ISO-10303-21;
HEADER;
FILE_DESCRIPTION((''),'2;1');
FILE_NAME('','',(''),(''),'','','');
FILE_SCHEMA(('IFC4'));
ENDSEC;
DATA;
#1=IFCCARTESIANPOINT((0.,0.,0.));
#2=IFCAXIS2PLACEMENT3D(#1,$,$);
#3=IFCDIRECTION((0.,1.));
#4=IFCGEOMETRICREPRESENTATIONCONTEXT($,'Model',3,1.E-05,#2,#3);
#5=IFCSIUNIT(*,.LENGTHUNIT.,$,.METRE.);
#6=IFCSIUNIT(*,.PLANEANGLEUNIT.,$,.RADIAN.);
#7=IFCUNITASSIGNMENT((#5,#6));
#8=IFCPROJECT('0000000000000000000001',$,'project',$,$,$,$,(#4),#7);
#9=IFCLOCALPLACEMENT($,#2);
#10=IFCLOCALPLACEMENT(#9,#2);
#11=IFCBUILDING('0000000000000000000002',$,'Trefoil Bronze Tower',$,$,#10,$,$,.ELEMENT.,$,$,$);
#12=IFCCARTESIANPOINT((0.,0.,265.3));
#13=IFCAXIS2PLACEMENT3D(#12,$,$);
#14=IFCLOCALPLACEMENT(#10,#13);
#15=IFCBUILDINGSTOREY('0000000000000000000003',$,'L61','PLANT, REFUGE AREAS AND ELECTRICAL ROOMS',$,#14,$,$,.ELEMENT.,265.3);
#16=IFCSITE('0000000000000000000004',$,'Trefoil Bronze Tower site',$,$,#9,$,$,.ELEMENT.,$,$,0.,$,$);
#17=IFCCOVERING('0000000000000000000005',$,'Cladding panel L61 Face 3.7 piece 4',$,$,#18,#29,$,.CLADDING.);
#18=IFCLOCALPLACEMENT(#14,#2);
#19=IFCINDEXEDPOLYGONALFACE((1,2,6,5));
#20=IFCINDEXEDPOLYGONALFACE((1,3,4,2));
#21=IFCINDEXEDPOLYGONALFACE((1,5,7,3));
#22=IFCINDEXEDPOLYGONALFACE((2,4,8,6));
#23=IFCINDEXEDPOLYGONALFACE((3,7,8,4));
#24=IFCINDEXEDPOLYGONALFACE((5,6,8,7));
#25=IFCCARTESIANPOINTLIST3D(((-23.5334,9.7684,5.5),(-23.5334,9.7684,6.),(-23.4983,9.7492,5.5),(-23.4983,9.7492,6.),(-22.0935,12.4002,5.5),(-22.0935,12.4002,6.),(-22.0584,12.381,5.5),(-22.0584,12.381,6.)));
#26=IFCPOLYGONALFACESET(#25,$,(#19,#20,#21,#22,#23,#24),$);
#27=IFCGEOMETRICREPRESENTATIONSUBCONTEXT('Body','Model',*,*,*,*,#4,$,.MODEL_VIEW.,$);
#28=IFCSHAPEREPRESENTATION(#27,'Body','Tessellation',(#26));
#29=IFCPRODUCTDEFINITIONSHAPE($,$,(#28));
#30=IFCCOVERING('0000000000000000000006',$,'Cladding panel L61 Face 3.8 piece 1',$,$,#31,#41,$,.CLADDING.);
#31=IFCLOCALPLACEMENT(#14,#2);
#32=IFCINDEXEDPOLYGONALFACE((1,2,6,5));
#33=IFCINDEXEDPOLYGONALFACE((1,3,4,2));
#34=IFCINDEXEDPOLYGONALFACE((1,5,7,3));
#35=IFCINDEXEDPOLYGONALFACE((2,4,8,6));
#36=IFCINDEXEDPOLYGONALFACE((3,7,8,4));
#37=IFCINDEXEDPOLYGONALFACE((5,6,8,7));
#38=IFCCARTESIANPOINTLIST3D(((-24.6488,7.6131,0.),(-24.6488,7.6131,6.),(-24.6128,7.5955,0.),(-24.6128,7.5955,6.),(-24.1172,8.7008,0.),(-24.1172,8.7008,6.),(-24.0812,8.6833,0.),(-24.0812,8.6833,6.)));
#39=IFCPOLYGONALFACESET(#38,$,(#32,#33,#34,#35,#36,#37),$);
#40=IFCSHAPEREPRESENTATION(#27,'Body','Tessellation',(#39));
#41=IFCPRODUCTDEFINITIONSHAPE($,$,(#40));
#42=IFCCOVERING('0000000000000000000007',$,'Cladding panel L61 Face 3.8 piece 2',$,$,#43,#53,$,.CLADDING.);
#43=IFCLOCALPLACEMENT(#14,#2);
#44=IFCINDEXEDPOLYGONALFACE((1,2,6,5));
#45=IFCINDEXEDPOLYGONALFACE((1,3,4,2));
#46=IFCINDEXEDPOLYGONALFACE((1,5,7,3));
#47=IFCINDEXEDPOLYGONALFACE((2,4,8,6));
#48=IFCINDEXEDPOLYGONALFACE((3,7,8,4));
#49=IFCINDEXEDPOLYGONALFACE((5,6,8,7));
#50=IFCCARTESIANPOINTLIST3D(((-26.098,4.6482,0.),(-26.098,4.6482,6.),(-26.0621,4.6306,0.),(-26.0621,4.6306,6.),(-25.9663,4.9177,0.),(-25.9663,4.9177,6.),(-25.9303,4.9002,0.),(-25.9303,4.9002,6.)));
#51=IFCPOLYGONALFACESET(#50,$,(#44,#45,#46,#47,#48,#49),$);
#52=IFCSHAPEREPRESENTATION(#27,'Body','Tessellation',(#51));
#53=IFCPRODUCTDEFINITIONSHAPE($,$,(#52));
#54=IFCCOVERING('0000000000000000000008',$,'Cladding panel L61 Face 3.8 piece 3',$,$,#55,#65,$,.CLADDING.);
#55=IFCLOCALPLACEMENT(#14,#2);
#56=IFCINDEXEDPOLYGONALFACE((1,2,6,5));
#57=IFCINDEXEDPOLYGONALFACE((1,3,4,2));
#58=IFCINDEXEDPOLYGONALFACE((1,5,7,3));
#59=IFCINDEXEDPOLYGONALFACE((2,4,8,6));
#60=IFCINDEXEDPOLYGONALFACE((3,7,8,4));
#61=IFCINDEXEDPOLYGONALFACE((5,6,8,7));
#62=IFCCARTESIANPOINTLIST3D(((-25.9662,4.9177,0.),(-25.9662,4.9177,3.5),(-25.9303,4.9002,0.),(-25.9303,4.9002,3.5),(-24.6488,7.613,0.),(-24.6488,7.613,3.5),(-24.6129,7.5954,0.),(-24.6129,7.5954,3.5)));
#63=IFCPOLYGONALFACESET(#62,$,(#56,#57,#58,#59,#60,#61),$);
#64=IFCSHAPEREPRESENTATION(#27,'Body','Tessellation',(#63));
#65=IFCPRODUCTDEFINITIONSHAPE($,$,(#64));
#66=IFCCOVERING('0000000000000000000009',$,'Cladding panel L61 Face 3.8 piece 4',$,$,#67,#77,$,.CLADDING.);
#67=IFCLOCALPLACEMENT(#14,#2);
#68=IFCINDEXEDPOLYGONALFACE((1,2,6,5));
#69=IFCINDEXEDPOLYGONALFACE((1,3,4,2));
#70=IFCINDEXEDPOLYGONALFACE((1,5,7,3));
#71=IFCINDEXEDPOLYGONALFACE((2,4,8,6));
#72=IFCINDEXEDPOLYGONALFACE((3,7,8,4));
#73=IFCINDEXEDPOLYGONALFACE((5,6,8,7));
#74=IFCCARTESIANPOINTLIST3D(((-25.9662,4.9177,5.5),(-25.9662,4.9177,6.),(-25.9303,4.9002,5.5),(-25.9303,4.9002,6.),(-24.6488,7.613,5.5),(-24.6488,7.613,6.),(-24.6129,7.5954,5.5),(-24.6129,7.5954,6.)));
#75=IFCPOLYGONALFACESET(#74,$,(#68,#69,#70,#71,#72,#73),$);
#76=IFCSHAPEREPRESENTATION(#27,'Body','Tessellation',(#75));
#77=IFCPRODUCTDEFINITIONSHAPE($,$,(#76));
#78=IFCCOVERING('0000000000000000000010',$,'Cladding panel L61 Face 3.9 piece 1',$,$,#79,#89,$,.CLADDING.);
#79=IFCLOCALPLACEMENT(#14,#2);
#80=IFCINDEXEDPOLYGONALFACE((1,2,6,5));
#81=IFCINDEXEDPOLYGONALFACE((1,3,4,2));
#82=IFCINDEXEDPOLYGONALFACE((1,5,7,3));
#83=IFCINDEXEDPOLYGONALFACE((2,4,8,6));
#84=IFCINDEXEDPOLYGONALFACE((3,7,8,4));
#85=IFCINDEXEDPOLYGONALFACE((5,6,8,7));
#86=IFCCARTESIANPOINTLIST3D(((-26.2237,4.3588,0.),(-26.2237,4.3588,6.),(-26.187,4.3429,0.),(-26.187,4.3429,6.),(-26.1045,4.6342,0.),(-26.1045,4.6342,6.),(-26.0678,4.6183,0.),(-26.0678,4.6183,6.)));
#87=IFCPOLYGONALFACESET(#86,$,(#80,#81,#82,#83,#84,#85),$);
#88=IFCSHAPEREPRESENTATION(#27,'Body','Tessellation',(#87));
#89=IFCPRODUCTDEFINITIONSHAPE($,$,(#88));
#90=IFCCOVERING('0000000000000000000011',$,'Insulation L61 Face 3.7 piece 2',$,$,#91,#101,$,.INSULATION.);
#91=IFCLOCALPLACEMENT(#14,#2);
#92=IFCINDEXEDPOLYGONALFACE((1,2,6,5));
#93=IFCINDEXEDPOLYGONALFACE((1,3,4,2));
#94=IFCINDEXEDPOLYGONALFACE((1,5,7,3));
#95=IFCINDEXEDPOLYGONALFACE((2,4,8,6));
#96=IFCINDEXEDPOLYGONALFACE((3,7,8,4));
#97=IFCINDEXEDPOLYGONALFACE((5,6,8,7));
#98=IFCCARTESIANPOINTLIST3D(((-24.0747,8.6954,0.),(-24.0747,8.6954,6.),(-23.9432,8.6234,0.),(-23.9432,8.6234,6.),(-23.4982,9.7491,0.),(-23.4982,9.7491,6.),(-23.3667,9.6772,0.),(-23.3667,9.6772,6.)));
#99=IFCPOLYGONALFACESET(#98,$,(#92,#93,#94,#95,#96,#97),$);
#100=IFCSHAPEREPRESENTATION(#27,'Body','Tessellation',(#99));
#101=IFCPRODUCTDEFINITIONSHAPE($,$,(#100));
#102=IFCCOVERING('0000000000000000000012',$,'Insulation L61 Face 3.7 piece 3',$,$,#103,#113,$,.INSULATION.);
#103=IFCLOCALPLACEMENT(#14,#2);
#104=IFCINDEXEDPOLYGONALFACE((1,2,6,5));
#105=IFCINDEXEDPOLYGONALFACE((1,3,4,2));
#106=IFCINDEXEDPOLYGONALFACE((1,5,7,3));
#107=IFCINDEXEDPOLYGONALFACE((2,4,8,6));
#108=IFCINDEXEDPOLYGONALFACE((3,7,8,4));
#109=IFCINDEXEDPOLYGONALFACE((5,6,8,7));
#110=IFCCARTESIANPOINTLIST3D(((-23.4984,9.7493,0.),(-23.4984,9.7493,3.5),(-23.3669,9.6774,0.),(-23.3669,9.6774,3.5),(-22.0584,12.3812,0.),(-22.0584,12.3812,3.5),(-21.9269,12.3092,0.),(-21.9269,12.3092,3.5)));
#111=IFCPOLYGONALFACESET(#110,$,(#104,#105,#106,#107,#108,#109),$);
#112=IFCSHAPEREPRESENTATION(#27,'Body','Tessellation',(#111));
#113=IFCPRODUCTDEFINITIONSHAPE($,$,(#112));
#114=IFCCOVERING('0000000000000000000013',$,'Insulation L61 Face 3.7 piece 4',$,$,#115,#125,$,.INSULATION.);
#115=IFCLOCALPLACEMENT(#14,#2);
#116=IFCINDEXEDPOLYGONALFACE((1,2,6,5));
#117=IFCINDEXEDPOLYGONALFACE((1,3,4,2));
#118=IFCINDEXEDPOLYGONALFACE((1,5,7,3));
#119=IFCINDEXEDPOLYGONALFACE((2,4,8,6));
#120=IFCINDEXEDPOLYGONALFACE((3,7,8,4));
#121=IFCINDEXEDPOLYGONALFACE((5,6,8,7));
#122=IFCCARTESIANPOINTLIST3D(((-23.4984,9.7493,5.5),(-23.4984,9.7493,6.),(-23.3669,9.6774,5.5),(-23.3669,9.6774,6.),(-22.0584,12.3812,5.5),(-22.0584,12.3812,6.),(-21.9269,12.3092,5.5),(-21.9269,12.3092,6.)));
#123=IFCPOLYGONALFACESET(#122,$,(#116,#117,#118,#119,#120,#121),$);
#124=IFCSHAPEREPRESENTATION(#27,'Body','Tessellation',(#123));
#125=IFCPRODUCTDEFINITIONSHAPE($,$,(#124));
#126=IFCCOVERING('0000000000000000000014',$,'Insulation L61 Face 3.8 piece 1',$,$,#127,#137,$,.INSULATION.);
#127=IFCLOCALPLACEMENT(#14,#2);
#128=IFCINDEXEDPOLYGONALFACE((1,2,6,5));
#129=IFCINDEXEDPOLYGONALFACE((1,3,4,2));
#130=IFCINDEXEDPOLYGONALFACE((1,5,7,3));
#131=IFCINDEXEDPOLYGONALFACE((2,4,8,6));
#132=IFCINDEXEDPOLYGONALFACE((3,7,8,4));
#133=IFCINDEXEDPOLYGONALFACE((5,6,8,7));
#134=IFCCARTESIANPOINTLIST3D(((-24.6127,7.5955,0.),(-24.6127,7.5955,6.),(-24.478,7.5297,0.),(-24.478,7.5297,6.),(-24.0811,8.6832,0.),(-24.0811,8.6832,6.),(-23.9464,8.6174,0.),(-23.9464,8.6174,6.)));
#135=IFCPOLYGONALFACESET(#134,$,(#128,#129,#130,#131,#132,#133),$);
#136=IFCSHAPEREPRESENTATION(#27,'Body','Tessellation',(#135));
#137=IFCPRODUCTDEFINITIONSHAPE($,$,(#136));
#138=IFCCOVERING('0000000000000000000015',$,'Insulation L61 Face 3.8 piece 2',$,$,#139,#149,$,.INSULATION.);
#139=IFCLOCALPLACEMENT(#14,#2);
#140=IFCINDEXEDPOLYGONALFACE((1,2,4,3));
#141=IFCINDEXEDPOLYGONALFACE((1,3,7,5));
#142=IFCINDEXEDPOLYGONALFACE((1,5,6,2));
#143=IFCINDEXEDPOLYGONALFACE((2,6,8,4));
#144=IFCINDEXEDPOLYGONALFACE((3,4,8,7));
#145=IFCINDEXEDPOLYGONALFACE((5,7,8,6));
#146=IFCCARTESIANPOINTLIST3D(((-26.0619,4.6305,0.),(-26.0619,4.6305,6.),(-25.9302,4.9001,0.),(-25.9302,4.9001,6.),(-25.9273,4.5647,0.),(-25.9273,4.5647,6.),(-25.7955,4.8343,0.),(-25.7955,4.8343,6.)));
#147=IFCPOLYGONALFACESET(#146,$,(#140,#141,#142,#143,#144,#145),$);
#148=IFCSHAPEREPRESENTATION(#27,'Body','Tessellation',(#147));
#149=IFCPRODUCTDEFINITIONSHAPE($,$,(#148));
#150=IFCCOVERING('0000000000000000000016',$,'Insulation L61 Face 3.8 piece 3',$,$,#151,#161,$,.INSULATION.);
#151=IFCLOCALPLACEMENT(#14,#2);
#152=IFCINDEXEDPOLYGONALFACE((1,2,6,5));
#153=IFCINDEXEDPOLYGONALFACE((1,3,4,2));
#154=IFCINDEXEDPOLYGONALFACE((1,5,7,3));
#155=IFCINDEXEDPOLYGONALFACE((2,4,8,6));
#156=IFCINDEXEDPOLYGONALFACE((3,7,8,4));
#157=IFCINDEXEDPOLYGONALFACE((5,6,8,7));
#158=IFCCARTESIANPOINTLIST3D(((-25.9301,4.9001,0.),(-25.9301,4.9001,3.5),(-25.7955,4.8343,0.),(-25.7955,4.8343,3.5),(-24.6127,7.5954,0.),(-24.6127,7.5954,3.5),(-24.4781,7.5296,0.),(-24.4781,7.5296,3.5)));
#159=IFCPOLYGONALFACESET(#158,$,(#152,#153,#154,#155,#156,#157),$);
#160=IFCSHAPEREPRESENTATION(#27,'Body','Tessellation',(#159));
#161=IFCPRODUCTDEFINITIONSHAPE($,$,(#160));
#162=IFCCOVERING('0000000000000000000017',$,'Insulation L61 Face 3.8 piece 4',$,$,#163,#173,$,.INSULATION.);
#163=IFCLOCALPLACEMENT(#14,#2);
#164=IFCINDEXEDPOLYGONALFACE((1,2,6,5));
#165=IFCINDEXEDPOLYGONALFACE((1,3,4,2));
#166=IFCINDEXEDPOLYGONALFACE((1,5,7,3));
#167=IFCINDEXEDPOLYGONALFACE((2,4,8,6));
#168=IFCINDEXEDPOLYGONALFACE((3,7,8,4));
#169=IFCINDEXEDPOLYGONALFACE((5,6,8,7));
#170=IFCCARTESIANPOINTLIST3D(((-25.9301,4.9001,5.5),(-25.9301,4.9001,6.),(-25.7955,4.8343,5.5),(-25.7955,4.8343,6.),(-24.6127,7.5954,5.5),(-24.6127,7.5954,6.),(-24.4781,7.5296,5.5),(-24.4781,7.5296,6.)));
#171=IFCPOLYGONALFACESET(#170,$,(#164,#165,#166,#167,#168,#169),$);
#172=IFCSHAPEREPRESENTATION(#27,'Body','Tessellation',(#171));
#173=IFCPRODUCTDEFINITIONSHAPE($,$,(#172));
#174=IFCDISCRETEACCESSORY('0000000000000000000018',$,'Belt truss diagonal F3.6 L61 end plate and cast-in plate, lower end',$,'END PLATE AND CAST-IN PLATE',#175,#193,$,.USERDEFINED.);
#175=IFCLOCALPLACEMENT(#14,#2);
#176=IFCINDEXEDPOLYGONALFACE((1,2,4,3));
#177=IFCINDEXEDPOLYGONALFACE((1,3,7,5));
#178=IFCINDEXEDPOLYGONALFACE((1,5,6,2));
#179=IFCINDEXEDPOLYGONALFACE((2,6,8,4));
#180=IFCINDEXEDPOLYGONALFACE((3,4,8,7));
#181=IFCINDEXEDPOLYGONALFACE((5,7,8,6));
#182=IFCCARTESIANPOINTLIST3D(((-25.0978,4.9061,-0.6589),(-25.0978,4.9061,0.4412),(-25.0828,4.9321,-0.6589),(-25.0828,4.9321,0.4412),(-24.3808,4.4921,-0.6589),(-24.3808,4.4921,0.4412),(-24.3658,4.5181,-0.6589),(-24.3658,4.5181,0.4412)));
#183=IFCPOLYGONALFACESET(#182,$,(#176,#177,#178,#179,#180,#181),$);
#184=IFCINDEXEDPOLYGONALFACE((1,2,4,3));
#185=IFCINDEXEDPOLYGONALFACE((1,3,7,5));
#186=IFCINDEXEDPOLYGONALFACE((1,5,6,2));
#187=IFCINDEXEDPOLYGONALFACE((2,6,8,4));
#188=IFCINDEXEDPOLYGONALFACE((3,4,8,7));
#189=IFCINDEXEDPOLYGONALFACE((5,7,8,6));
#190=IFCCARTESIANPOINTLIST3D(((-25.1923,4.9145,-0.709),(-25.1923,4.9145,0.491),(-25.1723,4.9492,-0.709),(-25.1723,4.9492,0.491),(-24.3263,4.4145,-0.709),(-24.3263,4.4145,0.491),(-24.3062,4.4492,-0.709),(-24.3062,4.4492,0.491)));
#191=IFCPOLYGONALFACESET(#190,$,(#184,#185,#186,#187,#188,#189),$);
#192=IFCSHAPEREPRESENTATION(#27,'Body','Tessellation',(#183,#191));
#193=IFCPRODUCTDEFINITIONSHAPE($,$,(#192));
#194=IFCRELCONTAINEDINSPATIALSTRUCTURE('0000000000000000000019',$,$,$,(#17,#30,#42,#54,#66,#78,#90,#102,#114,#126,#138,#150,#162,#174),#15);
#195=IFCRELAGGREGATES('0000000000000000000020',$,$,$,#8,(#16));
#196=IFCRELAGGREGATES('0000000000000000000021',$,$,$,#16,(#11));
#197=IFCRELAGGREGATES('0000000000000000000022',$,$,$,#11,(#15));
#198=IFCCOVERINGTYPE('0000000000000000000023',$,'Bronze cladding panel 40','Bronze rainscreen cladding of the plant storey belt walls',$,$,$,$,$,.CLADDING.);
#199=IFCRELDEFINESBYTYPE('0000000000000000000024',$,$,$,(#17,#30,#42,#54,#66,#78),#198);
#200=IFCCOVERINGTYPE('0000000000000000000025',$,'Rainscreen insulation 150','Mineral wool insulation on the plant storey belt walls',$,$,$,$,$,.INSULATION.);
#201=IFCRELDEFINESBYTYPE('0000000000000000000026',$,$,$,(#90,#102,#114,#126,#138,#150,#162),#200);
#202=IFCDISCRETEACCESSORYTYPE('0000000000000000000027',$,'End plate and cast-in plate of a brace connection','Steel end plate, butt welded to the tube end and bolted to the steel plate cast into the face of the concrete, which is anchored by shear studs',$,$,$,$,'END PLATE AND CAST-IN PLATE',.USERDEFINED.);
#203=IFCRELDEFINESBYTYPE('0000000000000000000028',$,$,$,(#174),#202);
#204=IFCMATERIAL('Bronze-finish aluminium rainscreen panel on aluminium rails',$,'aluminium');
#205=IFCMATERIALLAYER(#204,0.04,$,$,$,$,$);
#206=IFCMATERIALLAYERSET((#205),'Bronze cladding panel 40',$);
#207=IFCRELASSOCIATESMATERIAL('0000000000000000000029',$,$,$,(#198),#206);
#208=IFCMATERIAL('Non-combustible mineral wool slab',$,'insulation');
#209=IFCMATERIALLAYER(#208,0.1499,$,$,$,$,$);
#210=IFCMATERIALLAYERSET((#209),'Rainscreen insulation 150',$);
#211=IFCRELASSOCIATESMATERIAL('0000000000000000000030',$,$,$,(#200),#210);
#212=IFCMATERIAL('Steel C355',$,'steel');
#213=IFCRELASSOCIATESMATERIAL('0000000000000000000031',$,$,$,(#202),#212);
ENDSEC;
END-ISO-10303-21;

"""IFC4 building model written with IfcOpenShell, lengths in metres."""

from ifc_helpers import new_model, si_unit, direction, frame, origin, origin_2d, place, context, subcontext, project, spatial, rectangle, extrude, material, layer, layer_set, type_object, element, save


model = new_model("IFC4")

# Units and contexts
model_context = context("Model", 3, precision=1e-05, world=origin(), true_north=direction((0.0, 1.0)))
body_context = subcontext(model_context, "Body", "Model", "MODEL_VIEW")
ifc_project = project(units=[si_unit("LENGTHUNIT", "METRE"), si_unit("PLANEANGLEUNIT", "RADIAN")], contexts=[model_context])

# Site, building, storey
site_placement = place(None, origin())
site = spatial("IfcSite", under=ifc_project, at=site_placement, Name="Trefoil Bronze Tower site", CompositionType="ELEMENT", RefElevation=0.0)
building_placement = place(site_placement, origin())
building = spatial("IfcBuilding", under=site, at=building_placement, Name="Trefoil Bronze Tower", CompositionType="ELEMENT")
storey_placement = place(building_placement, frame((0.0, 0.0, 265.3)))
storey = spatial("IfcBuildingStorey", under=building, at=storey_placement, Name="L61", Description="PLANT, REFUGE AREAS AND ELECTRICAL ROOMS", CompositionType="ELEMENT", Elevation=265.3)

# Coverings
ifc_material_1 = material(Name="Bronze-finish aluminium rainscreen panel on aluminium rails", Category="aluminium")
ifc_layer_1 = layer(ifc_material_1, 0.04)
ifc_layer_set_1 = layer_set([ifc_layer_1], Name="Bronze cladding panel 40")
covering_type_1 = type_object("IfcCoveringType", Name="Bronze cladding panel 40", Description="Bronze rainscreen cladding of the plant storey belt walls", PredefinedType="CLADDING", material=ifc_layer_set_1)
covering_1_placement = place(storey_placement, frame((-22.7959, 11.0747, 5.5), z_axis=(0.0, 0.0, 1.0), x_axis=(-0.479974, -0.877283, 0.0)))
element("IfcCovering", 1, at=covering_1_placement, inside=storey, type_object=covering_type_1, Name="Cladding panel L61 Face 3.7 piece 4", PredefinedType="CLADDING", context=body_context, shape_type="SweptSolid", body=[
    extrude(rectangle(XDim=3.0, YDim=0.04, at=origin_2d()), origin(), (0.0, 0.0, 1.0), 0.5),
])
covering_2_placement = place(storey_placement, frame((-24.365, 8.1482, 0.0), z_axis=(0.0, 0.0, 1.0), x_axis=(-0.439129, -0.898424, 0.0)))
element("IfcCovering", 2, at=covering_2_placement, inside=storey, type_object=covering_type_1, Name="Cladding panel L61 Face 3.8 piece 1", PredefinedType="CLADDING", context=body_context, shape_type="SweptSolid", body=[
    extrude(rectangle(XDim=1.2107, YDim=0.04, at=origin_2d()), origin(), (0.0, 0.0, 1.0), 6.0),
])
covering_3_placement = place(storey_placement, frame((-26.0142, 4.7742, 0.0), z_axis=(0.0, 0.0, 1.0), x_axis=(-0.439129, -0.898424, 0.0)))
element("IfcCovering", 3, at=covering_3_placement, inside=storey, type_object=covering_type_1, Name="Cladding panel L61 Face 3.8 piece 2", PredefinedType="CLADDING", context=body_context, shape_type="SweptSolid", body=[
    extrude(rectangle(XDim=0.3, YDim=0.04, at=origin_2d()), origin(), (0.0, 0.0, 1.0), 6.0),
])
covering_4_placement = place(storey_placement, frame((-25.2896, 6.2566, 0.0), z_axis=(0.0, 0.0, 1.0), x_axis=(-0.439129, -0.898424, 0.0)))
element("IfcCovering", 4, at=covering_4_placement, inside=storey, type_object=covering_type_1, Name="Cladding panel L61 Face 3.8 piece 3", PredefinedType="CLADDING", context=body_context, shape_type="SweptSolid", body=[
    extrude(rectangle(XDim=3.0, YDim=0.04, at=origin_2d()), origin(), (0.0, 0.0, 1.0), 3.5),
])
covering_5_placement = place(storey_placement, frame((-25.2896, 6.2566, 5.5), z_axis=(0.0, 0.0, 1.0), x_axis=(-0.439129, -0.898424, 0.0)))
element("IfcCovering", 5, at=covering_5_placement, inside=storey, type_object=covering_type_1, Name="Cladding panel L61 Face 3.8 piece 4", PredefinedType="CLADDING", context=body_context, shape_type="SweptSolid", body=[
    extrude(rectangle(XDim=3.0, YDim=0.04, at=origin_2d()), origin(), (0.0, 0.0, 1.0), 0.5),
])
covering_6_placement = place(storey_placement, frame((-26.1458, 4.4885, 0.0), z_axis=(0.0, 0.0, 1.0), x_axis=(-0.39722, -0.917723, 0.0)))
element("IfcCovering", 6, at=covering_6_placement, inside=storey, type_object=covering_type_1, Name="Cladding panel L61 Face 3.9 piece 1", PredefinedType="CLADDING", context=body_context, shape_type="SweptSolid", body=[
    extrude(rectangle(XDim=0.3, YDim=0.04, at=origin_2d()), origin(), (0.0, 0.0, 1.0), 6.0),
])
ifc_material_2 = material(Name="Non-combustible mineral wool slab", Category="insulation")
ifc_layer_2 = layer(ifc_material_2, 0.1499)
ifc_layer_set_2 = layer_set([ifc_layer_2], Name="Rainscreen insulation 150")
covering_type_2 = type_object("IfcCoveringType", Name="Rainscreen insulation 150", Description="Mineral wool insulation on the plant storey belt walls", PredefinedType="INSULATION", material=ifc_layer_set_2)
covering_7_placement = place(storey_placement, frame((-23.7207, 9.1863, 0.0), z_axis=(0.0, 0.0, 1.0), x_axis=(-0.479974, -0.877283, 0.0)))
element("IfcCovering", 7, at=covering_7_placement, inside=storey, type_object=covering_type_2, Name="Insulation L61 Face 3.7 piece 2", PredefinedType="INSULATION", context=body_context, shape_type="SweptSolid", body=[
    extrude(rectangle(XDim=1.2012, YDim=0.1499, at=origin_2d()), origin(), (0.0, 0.0, 1.0), 6.0),
])
covering_8_placement = place(storey_placement, frame((-22.7126, 11.0293, 0.0), z_axis=(0.0, 0.0, 1.0), x_axis=(-0.479974, -0.877283, 0.0)))
element("IfcCovering", 8, at=covering_8_placement, inside=storey, type_object=covering_type_2, Name="Insulation L61 Face 3.7 piece 3", PredefinedType="INSULATION", context=body_context, shape_type="SweptSolid", body=[
    extrude(rectangle(XDim=3.0, YDim=0.1499, at=origin_2d()), origin(), (0.0, 0.0, 1.0), 3.5),
])
covering_9_placement = place(storey_placement, frame((-22.7126, 11.0293, 5.5), z_axis=(0.0, 0.0, 1.0), x_axis=(-0.479974, -0.877283, 0.0)))
element("IfcCovering", 9, at=covering_9_placement, inside=storey, type_object=covering_type_2, Name="Insulation L61 Face 3.7 piece 4", PredefinedType="INSULATION", context=body_context, shape_type="SweptSolid", body=[
    extrude(rectangle(XDim=3.0, YDim=0.1499, at=origin_2d()), origin(), (0.0, 0.0, 1.0), 0.5),
])
covering_10_placement = place(storey_placement, frame((-24.2795, 8.1064, 0.0), z_axis=(0.0, 0.0, 1.0), x_axis=(-0.439129, -0.898424, 0.0)))
element("IfcCovering", 10, at=covering_10_placement, inside=storey, type_object=covering_type_2, Name="Insulation L61 Face 3.8 piece 1", PredefinedType="INSULATION", context=body_context, shape_type="SweptSolid", body=[
    extrude(rectangle(XDim=1.2107, YDim=0.1499, at=origin_2d()), origin(), (0.0, 0.0, 1.0), 6.0),
])
covering_11_placement = place(storey_placement, frame((-25.9287, 4.7324, 0.0), z_axis=(0.0, 0.0, 1.0), x_axis=(-0.439129, -0.898424, 0.0)))
element("IfcCovering", 11, at=covering_11_placement, inside=storey, type_object=covering_type_2, Name="Insulation L61 Face 3.8 piece 2", PredefinedType="INSULATION", context=body_context, shape_type="SweptSolid", body=[
    extrude(rectangle(XDim=0.3, YDim=0.1499, at=origin_2d()), origin(), (0.0, 0.0, 1.0), 6.0),
])
covering_12_placement = place(storey_placement, frame((-25.2041, 6.2148, 0.0), z_axis=(0.0, 0.0, 1.0), x_axis=(-0.439129, -0.898424, 0.0)))
element("IfcCovering", 12, at=covering_12_placement, inside=storey, type_object=covering_type_2, Name="Insulation L61 Face 3.8 piece 3", PredefinedType="INSULATION", context=body_context, shape_type="SweptSolid", body=[
    extrude(rectangle(XDim=3.0, YDim=0.1499, at=origin_2d()), origin(), (0.0, 0.0, 1.0), 3.5),
])
covering_13_placement = place(storey_placement, frame((-25.2041, 6.2148, 5.5), z_axis=(0.0, 0.0, 1.0), x_axis=(-0.439129, -0.898424, 0.0)))
element("IfcCovering", 13, at=covering_13_placement, inside=storey, type_object=covering_type_2, Name="Insulation L61 Face 3.8 piece 4", PredefinedType="INSULATION", context=body_context, shape_type="SweptSolid", body=[
    extrude(rectangle(XDim=3.0, YDim=0.1499, at=origin_2d()), origin(), (0.0, 0.0, 1.0), 0.5),
])

# Discrete accessory
ifc_material_3 = material(Name="Steel C355", Category="steel")
discrete_accessory_type = type_object("IfcDiscreteAccessoryType", Name="End plate and cast-in plate of a brace connection", Description="Steel end plate, butt welded to the tube end and bolted to the steel plate cast into the face of the concrete, which is anchored by shear studs", ElementType="END PLATE AND CAST-IN PLATE", PredefinedType="USERDEFINED", material=ifc_material_3)
discrete_accessory_placement = place(storey_placement, frame((-24.7393, 4.6992, -0.1089), z_axis=(0.0, 0.0, 1.0), x_axis=(0.5, 0.866025, 0.0)))
element("IfcDiscreteAccessory", 14, at=discrete_accessory_placement, inside=storey, type_object=discrete_accessory_type, Name="Belt truss diagonal F3.6 L61 end plate and cast-in plate, lower end", ObjectType="END PLATE AND CAST-IN PLATE", PredefinedType="USERDEFINED", context=body_context, shape_type="SweptSolid", body=[
    extrude(rectangle(XDim=0.03, YDim=0.8279, at=origin_2d()), frame((0.0149, 0.0, -0.55)), (0.0, 0.0, 1.0), 1.1001),
    extrude(rectangle(XDim=0.04, YDim=1.0, at=origin_2d()), frame((-0.02, 0.0, -0.6001)), (0.0, 0.0, 1.0), 1.2),
])

save(model, "model.ifc")
